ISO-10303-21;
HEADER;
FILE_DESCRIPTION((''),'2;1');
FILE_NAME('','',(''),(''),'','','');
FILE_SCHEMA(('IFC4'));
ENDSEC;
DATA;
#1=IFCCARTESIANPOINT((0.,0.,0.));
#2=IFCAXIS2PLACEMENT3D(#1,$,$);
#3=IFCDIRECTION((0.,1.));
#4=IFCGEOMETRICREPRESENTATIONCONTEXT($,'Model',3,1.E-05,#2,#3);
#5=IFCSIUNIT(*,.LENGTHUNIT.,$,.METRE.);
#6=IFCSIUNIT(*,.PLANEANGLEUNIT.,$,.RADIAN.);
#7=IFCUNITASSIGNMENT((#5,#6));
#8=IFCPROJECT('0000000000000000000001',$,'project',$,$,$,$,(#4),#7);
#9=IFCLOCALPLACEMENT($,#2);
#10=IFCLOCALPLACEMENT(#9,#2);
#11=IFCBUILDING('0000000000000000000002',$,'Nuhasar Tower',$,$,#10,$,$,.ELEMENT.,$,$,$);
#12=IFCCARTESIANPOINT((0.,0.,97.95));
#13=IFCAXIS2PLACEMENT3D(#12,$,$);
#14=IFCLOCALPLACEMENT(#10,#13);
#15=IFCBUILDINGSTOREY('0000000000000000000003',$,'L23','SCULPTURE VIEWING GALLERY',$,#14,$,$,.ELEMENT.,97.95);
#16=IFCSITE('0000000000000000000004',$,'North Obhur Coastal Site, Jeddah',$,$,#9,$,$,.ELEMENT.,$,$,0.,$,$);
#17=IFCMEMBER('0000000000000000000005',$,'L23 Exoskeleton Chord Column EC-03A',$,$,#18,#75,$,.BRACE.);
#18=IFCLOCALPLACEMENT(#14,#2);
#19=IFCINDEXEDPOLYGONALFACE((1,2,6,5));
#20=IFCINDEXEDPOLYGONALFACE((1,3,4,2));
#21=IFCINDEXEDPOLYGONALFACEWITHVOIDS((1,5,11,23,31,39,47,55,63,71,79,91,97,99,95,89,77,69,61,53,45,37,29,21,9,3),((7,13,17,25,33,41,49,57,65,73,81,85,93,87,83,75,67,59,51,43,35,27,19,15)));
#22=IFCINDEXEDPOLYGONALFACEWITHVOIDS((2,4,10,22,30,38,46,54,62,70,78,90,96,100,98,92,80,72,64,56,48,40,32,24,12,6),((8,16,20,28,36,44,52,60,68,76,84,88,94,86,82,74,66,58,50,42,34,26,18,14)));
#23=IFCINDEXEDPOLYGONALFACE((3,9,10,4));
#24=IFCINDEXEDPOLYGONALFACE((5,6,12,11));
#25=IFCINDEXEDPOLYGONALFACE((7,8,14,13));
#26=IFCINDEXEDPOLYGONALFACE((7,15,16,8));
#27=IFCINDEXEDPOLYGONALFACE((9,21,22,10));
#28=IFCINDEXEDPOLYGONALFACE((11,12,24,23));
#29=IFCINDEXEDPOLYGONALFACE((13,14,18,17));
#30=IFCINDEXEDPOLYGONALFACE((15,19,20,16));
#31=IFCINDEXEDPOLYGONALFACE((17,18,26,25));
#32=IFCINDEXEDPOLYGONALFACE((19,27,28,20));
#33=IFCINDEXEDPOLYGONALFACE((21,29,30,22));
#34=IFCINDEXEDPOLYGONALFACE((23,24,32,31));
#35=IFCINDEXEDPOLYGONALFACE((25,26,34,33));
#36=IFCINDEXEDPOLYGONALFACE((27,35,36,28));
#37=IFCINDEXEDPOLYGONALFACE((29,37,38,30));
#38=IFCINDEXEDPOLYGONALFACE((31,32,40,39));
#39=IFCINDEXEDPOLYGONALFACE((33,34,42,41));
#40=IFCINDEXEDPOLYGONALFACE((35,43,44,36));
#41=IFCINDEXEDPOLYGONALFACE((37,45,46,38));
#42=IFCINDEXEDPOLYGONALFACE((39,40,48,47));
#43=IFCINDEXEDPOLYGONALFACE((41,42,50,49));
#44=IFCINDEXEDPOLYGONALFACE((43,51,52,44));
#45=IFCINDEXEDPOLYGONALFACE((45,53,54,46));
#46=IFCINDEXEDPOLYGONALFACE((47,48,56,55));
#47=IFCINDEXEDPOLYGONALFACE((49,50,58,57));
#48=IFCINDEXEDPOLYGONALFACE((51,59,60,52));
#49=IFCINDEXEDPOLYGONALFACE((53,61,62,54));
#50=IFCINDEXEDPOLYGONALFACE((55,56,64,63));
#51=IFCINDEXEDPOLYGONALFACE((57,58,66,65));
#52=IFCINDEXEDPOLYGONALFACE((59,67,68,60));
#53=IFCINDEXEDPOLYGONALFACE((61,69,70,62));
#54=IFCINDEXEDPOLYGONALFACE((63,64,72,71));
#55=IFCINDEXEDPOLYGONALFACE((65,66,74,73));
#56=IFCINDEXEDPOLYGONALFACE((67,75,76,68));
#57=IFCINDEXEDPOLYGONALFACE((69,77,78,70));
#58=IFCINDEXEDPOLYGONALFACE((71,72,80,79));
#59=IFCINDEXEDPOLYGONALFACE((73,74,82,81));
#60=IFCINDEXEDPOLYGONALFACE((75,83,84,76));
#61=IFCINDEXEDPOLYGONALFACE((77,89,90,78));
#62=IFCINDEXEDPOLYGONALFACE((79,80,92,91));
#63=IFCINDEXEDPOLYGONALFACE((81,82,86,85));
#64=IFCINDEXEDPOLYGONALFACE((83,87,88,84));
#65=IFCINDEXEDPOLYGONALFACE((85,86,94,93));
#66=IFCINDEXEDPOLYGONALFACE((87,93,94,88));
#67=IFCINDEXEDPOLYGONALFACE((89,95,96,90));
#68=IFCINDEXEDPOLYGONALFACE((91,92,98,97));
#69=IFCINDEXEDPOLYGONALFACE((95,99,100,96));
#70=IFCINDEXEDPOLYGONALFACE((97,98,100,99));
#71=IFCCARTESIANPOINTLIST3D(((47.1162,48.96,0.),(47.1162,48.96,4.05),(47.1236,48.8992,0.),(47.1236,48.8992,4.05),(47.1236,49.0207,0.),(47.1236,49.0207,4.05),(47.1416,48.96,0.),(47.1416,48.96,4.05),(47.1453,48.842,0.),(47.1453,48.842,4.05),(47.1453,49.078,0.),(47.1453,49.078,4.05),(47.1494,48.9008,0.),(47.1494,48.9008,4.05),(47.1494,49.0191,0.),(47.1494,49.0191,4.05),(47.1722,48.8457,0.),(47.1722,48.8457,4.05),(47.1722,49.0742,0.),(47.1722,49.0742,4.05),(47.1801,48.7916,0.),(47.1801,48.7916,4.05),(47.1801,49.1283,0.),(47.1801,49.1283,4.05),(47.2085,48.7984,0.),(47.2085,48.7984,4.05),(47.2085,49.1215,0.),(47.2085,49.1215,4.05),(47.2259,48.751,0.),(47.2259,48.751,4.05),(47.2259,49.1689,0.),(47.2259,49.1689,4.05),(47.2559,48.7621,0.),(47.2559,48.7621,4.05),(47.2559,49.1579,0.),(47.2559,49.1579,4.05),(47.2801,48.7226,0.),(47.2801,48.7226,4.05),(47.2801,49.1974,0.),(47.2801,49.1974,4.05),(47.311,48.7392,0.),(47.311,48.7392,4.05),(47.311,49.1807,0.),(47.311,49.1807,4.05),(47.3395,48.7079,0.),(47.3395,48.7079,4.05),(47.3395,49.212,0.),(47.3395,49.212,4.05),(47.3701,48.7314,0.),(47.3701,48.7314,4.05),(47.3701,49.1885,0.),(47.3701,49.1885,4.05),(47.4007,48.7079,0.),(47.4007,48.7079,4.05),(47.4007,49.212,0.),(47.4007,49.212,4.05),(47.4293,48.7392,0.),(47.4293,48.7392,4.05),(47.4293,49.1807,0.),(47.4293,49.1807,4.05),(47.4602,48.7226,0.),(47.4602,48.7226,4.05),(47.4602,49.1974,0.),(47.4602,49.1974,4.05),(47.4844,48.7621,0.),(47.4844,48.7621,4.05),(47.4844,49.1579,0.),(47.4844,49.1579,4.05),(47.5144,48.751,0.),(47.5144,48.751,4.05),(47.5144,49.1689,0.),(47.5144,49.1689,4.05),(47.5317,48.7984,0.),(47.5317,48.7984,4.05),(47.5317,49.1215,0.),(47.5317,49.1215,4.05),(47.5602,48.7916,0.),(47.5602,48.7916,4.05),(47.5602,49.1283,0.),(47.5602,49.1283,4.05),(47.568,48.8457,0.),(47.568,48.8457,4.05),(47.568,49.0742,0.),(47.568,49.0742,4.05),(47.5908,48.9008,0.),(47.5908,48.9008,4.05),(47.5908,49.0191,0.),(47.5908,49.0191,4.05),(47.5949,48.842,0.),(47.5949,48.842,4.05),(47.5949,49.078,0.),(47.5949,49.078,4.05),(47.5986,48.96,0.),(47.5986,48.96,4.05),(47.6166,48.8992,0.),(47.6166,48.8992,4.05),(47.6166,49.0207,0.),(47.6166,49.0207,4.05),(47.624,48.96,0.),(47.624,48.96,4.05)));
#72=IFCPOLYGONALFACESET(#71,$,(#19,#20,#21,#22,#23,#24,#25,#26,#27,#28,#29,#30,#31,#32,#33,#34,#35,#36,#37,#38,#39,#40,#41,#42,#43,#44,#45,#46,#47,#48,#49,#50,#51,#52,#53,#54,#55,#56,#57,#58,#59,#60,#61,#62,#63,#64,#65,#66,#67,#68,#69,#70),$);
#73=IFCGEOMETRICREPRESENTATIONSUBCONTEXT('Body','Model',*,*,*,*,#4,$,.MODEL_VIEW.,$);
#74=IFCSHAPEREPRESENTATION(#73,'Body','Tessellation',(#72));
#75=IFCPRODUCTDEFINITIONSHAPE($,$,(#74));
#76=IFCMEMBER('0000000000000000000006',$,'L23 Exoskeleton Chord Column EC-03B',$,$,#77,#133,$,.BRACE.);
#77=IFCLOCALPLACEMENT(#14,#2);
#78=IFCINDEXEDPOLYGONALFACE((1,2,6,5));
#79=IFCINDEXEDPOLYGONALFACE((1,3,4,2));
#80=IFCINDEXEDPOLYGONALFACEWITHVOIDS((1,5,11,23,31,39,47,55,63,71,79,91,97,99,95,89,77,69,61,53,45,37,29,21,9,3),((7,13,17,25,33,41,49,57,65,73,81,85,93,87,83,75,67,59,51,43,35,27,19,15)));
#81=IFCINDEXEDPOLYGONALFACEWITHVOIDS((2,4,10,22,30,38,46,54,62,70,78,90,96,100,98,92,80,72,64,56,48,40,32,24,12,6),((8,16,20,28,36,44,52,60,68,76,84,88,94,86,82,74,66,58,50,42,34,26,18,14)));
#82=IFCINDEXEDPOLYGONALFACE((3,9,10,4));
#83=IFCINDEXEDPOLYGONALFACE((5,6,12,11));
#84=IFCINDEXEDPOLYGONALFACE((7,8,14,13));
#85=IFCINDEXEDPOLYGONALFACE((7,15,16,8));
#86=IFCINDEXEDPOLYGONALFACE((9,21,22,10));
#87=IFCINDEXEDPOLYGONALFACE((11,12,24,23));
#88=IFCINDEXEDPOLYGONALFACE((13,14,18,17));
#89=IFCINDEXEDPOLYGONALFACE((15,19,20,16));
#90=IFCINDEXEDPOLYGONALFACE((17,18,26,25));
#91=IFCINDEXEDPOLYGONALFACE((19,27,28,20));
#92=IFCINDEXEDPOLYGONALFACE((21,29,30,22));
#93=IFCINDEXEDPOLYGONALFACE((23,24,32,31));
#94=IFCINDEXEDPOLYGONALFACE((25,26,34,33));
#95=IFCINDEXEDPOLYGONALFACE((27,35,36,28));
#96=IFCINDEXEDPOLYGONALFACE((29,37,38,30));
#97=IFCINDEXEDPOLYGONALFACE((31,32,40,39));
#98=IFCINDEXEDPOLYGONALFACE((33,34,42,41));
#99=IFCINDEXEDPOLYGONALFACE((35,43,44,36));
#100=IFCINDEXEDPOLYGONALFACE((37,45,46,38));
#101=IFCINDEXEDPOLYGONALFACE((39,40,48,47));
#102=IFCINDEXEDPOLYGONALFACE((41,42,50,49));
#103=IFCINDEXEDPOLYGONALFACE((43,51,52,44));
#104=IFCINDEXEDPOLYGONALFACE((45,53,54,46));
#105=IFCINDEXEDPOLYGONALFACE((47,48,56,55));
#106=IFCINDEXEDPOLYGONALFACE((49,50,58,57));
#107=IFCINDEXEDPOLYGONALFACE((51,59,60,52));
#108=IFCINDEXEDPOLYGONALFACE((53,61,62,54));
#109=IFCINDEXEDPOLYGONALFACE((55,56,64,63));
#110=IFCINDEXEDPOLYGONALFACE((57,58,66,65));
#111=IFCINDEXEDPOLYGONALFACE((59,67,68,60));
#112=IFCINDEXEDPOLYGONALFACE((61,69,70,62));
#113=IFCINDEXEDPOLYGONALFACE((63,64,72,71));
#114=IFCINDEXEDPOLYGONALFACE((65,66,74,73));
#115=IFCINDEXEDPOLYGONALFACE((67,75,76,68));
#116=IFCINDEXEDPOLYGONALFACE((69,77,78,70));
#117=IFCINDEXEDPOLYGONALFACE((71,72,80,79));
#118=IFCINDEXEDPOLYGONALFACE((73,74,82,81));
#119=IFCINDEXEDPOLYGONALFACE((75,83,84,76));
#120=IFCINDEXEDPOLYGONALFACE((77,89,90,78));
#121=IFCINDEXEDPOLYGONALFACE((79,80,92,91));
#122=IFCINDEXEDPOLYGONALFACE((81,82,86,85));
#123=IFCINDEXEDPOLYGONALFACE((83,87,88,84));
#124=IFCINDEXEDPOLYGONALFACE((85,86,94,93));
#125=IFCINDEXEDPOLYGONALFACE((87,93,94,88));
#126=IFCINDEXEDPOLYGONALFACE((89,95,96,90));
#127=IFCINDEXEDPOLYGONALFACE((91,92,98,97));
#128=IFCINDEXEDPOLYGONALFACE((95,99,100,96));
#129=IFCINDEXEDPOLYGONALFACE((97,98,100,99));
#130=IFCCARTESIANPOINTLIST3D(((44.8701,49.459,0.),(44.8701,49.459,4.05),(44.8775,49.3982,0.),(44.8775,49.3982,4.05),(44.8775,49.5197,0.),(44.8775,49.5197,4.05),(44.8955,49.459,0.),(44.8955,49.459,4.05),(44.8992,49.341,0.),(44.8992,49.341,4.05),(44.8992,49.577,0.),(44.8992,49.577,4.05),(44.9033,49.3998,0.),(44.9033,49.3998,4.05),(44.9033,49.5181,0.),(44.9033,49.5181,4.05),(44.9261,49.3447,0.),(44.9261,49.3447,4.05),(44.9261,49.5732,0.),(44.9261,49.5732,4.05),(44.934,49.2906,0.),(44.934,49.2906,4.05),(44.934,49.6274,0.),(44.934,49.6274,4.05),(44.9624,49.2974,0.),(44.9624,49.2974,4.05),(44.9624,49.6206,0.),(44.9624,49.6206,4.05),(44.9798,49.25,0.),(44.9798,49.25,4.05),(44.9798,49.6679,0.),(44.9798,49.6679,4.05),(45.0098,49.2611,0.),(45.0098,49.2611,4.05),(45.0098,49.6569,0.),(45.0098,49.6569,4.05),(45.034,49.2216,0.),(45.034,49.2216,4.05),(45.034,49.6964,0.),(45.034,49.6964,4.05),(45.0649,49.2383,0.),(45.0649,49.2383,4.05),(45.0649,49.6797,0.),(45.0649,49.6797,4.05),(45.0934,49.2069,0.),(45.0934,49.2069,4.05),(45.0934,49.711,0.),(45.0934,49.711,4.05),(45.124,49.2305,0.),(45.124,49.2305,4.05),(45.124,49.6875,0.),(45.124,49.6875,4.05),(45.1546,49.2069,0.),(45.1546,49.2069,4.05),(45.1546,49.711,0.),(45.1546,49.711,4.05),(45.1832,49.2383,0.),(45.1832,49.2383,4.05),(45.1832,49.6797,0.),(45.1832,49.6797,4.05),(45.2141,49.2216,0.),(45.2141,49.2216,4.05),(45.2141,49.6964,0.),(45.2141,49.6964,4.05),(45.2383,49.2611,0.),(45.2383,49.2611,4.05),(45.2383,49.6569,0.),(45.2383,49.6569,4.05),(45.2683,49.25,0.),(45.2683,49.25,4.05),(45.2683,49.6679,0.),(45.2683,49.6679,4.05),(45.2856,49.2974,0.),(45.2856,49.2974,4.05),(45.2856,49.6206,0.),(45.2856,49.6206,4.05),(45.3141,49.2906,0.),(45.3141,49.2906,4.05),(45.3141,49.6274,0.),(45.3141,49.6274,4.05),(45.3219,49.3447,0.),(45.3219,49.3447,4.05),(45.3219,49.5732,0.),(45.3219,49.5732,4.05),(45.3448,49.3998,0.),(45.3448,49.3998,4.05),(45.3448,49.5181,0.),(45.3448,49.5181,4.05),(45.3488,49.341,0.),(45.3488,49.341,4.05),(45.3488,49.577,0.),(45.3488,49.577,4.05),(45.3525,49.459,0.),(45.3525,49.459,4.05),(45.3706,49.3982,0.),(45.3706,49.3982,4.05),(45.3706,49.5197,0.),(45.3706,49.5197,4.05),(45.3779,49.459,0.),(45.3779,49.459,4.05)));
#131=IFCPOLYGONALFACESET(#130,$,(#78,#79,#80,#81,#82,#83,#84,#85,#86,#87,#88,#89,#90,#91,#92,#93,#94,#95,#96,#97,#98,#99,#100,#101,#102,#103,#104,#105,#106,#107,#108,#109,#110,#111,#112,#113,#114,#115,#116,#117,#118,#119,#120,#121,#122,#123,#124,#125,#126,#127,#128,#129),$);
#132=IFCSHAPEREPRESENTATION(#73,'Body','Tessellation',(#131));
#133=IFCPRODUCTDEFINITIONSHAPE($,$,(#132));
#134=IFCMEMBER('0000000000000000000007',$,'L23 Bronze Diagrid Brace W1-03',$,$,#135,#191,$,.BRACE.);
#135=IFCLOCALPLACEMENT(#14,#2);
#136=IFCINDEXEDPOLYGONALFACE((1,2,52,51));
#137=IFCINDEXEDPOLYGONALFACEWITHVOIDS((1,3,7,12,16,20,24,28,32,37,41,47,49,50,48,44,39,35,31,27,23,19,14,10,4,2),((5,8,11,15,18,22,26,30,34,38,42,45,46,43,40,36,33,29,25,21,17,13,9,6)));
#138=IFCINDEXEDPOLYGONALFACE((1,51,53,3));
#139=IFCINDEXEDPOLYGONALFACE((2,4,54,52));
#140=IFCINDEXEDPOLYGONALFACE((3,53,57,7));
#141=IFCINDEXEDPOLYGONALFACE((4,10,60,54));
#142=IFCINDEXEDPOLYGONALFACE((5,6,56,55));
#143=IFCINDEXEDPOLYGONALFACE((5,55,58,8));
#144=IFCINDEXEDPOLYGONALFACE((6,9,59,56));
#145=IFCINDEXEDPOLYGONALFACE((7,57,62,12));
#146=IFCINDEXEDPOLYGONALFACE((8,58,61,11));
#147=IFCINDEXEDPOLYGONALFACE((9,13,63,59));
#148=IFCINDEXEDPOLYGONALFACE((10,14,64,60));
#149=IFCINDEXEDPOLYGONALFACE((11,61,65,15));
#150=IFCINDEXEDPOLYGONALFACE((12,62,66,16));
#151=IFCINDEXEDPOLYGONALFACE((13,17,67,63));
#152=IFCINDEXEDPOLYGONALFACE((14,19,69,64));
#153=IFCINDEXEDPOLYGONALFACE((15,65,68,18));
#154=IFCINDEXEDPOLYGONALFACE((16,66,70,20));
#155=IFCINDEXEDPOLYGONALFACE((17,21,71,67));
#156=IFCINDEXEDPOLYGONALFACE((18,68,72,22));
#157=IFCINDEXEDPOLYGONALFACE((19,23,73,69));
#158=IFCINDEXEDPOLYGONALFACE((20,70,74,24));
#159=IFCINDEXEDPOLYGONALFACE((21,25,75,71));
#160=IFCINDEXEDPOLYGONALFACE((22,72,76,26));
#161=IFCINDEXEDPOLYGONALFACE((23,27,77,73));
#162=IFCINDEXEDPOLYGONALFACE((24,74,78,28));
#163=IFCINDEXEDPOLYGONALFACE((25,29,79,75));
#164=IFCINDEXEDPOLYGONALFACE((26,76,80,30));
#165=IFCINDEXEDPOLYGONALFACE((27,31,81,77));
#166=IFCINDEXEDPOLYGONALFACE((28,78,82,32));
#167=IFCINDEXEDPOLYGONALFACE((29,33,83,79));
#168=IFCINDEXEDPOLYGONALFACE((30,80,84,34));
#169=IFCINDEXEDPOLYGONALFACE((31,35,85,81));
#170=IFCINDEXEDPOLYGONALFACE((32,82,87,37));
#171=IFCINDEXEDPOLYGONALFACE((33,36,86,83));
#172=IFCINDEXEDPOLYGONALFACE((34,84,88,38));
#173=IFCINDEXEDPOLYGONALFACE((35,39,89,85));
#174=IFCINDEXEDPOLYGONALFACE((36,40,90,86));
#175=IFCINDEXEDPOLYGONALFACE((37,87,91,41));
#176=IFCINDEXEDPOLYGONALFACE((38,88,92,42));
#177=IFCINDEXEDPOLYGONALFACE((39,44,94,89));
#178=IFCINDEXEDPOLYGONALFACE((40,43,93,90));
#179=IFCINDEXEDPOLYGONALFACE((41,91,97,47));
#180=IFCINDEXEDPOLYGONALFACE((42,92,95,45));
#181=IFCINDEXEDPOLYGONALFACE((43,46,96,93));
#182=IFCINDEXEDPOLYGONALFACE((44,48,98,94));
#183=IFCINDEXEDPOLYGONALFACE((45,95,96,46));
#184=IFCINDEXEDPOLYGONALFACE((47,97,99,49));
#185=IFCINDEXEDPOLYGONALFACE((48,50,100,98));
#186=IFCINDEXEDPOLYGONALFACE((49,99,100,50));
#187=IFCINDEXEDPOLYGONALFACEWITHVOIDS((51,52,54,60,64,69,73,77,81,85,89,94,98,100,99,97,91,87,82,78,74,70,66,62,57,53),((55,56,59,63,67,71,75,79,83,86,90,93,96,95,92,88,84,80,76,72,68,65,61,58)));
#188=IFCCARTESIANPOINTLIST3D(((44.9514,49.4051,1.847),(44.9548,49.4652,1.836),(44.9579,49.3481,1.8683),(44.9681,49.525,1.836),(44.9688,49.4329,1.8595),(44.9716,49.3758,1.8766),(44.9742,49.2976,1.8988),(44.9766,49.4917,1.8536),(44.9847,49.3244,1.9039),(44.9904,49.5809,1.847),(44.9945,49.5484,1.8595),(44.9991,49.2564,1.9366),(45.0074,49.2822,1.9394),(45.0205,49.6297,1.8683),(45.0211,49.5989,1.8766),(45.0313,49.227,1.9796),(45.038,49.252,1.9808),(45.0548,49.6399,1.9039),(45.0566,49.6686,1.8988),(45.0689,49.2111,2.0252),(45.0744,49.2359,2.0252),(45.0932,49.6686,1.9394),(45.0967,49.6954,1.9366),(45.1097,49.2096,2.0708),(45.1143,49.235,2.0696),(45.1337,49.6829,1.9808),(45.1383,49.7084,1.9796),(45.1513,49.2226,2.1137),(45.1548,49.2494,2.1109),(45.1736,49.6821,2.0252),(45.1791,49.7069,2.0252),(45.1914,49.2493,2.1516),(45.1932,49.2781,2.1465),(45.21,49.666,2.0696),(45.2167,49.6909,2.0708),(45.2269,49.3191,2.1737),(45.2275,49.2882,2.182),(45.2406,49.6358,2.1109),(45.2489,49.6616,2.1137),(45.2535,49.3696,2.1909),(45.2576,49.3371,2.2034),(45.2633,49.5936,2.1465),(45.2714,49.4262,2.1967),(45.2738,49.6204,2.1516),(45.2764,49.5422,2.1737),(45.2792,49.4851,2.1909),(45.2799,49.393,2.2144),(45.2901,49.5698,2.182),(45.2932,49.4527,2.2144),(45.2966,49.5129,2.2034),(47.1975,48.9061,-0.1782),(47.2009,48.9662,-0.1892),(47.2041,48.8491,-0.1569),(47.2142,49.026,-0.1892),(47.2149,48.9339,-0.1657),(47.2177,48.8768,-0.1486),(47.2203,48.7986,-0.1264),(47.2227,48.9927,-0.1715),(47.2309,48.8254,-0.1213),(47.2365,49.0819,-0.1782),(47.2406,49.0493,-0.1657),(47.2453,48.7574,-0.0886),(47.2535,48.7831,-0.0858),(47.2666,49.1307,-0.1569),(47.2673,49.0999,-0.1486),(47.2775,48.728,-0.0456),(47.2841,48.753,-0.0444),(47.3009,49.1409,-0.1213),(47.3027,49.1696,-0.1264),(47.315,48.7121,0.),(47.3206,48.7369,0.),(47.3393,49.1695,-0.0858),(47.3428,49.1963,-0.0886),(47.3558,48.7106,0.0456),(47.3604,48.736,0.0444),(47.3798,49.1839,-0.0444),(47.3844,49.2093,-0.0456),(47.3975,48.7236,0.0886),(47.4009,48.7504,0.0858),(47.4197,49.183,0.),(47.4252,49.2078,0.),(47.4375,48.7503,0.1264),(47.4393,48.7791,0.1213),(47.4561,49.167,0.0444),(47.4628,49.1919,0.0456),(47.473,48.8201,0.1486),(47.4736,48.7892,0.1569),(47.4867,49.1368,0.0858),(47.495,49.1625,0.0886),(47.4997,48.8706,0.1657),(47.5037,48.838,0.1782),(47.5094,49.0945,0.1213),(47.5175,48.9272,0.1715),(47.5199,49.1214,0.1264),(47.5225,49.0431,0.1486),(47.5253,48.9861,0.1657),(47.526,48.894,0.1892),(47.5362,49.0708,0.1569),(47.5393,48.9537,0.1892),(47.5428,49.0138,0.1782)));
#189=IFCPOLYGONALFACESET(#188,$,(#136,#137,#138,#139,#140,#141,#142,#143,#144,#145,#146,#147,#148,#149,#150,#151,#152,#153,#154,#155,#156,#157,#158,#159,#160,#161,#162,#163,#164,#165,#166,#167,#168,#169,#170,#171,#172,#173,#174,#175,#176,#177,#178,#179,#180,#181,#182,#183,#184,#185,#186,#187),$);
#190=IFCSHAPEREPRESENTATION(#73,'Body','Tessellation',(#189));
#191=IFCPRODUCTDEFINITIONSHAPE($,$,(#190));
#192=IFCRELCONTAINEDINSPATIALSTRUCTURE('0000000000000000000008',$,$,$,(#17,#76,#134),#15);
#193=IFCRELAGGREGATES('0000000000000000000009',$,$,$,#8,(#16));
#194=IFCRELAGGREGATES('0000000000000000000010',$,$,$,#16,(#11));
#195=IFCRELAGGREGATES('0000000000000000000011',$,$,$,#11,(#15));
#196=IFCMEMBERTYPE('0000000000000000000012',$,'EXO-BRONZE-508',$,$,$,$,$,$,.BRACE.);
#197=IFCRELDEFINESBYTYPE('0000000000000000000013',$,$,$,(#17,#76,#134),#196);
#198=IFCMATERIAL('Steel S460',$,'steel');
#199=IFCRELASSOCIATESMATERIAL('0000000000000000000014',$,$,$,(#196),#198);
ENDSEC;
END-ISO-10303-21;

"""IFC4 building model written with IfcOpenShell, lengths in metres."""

from ifc_helpers import new_model, si_unit, direction, frame, origin, origin_2d, place, context, subcontext, project, spatial, hollow_circle, extrude, material, material_profile, profile_set, type_object, element, save


model = new_model("IFC4")

# Units and contexts
model_context = context("Model", 3, precision=1e-05, world=origin(), true_north=direction((0.0, 1.0)))
body_context = subcontext(model_context, "Body", "Model", "MODEL_VIEW")
ifc_project = project(units=[si_unit("LENGTHUNIT", "METRE"), si_unit("PLANEANGLEUNIT", "RADIAN")], contexts=[model_context])

# Site, building, storey
site_placement = place(None, origin())
site = spatial("IfcSite", under=ifc_project, at=site_placement, Name="North Obhur Coastal Site, Jeddah", CompositionType="ELEMENT", RefElevation=0.0)
building_placement = place(site_placement, origin())
building = spatial("IfcBuilding", under=site, at=building_placement, Name="Nuhasar Tower", CompositionType="ELEMENT")
storey_placement = place(building_placement, frame((0.0, 0.0, 97.95)))
storey = spatial("IfcBuildingStorey", under=building, at=storey_placement, Name="L23", Description="SCULPTURE VIEWING GALLERY", CompositionType="ELEMENT", Elevation=97.95)

# Members
ifc_material_1 = material(Name="Steel S460", Category="steel")
ifc_material_profile_1 = material_profile(ifc_material_1, hollow_circle(Radius=0.2539, WallThickness=0.0254, at=origin_2d()), Name="HSS508X25.4")
ifc_profile_set_1 = profile_set([ifc_material_profile_1], Name="Steel S460")
member_type_1 = type_object("IfcMemberType", Name="EXO-BRONZE-508", PredefinedType="BRACE", material=ifc_profile_set_1)
for number, where, z_axis, x_axis, name in (
    (1, (47.3701, 48.96, 0.0), (0.0, 0.0, 1.0), (1.0, 0.0, 0.0), "L23 Exoskeleton Chord Column EC-03A"),
    (2, (45.124, 49.459, 0.0), (0.0, 0.0, 1.0), (1.0, 0.0, 0.0), "L23 Exoskeleton Chord Column EC-03B"),
):
    element("IfcMember", number, at=place(storey_placement, frame(where, z_axis=z_axis, x_axis=x_axis)), inside=storey, type_object=member_type_1, Name=name, PredefinedType="BRACE", context=body_context, shape_type="SweptSolid", body=[
        extrude(hollow_circle(Radius=0.2539, WallThickness=0.0254, at=origin_2d()), origin(), (0.0, 0.0, 1.0), 4.05),
    ])
member_1_placement = place(storey_placement, frame((47.3701, 48.96, 0.0), z_axis=(-0.732783, 0.162805, 0.660699), x_axis=(-0.216886, -0.976197, 0.0)))
element("IfcMember", 3, at=member_1_placement, inside=storey, type_object=member_type_1, Name="L23 Bronze Diagrid Brace W1-03", PredefinedType="BRACE", context=body_context, shape_type="SweptSolid", body=[
    extrude(hollow_circle(Radius=0.2539, WallThickness=0.0254, at=origin_2d()), origin(), (0.0, 0.0, 1.0), 3.0652),
])

save(model, "model.ifc")
